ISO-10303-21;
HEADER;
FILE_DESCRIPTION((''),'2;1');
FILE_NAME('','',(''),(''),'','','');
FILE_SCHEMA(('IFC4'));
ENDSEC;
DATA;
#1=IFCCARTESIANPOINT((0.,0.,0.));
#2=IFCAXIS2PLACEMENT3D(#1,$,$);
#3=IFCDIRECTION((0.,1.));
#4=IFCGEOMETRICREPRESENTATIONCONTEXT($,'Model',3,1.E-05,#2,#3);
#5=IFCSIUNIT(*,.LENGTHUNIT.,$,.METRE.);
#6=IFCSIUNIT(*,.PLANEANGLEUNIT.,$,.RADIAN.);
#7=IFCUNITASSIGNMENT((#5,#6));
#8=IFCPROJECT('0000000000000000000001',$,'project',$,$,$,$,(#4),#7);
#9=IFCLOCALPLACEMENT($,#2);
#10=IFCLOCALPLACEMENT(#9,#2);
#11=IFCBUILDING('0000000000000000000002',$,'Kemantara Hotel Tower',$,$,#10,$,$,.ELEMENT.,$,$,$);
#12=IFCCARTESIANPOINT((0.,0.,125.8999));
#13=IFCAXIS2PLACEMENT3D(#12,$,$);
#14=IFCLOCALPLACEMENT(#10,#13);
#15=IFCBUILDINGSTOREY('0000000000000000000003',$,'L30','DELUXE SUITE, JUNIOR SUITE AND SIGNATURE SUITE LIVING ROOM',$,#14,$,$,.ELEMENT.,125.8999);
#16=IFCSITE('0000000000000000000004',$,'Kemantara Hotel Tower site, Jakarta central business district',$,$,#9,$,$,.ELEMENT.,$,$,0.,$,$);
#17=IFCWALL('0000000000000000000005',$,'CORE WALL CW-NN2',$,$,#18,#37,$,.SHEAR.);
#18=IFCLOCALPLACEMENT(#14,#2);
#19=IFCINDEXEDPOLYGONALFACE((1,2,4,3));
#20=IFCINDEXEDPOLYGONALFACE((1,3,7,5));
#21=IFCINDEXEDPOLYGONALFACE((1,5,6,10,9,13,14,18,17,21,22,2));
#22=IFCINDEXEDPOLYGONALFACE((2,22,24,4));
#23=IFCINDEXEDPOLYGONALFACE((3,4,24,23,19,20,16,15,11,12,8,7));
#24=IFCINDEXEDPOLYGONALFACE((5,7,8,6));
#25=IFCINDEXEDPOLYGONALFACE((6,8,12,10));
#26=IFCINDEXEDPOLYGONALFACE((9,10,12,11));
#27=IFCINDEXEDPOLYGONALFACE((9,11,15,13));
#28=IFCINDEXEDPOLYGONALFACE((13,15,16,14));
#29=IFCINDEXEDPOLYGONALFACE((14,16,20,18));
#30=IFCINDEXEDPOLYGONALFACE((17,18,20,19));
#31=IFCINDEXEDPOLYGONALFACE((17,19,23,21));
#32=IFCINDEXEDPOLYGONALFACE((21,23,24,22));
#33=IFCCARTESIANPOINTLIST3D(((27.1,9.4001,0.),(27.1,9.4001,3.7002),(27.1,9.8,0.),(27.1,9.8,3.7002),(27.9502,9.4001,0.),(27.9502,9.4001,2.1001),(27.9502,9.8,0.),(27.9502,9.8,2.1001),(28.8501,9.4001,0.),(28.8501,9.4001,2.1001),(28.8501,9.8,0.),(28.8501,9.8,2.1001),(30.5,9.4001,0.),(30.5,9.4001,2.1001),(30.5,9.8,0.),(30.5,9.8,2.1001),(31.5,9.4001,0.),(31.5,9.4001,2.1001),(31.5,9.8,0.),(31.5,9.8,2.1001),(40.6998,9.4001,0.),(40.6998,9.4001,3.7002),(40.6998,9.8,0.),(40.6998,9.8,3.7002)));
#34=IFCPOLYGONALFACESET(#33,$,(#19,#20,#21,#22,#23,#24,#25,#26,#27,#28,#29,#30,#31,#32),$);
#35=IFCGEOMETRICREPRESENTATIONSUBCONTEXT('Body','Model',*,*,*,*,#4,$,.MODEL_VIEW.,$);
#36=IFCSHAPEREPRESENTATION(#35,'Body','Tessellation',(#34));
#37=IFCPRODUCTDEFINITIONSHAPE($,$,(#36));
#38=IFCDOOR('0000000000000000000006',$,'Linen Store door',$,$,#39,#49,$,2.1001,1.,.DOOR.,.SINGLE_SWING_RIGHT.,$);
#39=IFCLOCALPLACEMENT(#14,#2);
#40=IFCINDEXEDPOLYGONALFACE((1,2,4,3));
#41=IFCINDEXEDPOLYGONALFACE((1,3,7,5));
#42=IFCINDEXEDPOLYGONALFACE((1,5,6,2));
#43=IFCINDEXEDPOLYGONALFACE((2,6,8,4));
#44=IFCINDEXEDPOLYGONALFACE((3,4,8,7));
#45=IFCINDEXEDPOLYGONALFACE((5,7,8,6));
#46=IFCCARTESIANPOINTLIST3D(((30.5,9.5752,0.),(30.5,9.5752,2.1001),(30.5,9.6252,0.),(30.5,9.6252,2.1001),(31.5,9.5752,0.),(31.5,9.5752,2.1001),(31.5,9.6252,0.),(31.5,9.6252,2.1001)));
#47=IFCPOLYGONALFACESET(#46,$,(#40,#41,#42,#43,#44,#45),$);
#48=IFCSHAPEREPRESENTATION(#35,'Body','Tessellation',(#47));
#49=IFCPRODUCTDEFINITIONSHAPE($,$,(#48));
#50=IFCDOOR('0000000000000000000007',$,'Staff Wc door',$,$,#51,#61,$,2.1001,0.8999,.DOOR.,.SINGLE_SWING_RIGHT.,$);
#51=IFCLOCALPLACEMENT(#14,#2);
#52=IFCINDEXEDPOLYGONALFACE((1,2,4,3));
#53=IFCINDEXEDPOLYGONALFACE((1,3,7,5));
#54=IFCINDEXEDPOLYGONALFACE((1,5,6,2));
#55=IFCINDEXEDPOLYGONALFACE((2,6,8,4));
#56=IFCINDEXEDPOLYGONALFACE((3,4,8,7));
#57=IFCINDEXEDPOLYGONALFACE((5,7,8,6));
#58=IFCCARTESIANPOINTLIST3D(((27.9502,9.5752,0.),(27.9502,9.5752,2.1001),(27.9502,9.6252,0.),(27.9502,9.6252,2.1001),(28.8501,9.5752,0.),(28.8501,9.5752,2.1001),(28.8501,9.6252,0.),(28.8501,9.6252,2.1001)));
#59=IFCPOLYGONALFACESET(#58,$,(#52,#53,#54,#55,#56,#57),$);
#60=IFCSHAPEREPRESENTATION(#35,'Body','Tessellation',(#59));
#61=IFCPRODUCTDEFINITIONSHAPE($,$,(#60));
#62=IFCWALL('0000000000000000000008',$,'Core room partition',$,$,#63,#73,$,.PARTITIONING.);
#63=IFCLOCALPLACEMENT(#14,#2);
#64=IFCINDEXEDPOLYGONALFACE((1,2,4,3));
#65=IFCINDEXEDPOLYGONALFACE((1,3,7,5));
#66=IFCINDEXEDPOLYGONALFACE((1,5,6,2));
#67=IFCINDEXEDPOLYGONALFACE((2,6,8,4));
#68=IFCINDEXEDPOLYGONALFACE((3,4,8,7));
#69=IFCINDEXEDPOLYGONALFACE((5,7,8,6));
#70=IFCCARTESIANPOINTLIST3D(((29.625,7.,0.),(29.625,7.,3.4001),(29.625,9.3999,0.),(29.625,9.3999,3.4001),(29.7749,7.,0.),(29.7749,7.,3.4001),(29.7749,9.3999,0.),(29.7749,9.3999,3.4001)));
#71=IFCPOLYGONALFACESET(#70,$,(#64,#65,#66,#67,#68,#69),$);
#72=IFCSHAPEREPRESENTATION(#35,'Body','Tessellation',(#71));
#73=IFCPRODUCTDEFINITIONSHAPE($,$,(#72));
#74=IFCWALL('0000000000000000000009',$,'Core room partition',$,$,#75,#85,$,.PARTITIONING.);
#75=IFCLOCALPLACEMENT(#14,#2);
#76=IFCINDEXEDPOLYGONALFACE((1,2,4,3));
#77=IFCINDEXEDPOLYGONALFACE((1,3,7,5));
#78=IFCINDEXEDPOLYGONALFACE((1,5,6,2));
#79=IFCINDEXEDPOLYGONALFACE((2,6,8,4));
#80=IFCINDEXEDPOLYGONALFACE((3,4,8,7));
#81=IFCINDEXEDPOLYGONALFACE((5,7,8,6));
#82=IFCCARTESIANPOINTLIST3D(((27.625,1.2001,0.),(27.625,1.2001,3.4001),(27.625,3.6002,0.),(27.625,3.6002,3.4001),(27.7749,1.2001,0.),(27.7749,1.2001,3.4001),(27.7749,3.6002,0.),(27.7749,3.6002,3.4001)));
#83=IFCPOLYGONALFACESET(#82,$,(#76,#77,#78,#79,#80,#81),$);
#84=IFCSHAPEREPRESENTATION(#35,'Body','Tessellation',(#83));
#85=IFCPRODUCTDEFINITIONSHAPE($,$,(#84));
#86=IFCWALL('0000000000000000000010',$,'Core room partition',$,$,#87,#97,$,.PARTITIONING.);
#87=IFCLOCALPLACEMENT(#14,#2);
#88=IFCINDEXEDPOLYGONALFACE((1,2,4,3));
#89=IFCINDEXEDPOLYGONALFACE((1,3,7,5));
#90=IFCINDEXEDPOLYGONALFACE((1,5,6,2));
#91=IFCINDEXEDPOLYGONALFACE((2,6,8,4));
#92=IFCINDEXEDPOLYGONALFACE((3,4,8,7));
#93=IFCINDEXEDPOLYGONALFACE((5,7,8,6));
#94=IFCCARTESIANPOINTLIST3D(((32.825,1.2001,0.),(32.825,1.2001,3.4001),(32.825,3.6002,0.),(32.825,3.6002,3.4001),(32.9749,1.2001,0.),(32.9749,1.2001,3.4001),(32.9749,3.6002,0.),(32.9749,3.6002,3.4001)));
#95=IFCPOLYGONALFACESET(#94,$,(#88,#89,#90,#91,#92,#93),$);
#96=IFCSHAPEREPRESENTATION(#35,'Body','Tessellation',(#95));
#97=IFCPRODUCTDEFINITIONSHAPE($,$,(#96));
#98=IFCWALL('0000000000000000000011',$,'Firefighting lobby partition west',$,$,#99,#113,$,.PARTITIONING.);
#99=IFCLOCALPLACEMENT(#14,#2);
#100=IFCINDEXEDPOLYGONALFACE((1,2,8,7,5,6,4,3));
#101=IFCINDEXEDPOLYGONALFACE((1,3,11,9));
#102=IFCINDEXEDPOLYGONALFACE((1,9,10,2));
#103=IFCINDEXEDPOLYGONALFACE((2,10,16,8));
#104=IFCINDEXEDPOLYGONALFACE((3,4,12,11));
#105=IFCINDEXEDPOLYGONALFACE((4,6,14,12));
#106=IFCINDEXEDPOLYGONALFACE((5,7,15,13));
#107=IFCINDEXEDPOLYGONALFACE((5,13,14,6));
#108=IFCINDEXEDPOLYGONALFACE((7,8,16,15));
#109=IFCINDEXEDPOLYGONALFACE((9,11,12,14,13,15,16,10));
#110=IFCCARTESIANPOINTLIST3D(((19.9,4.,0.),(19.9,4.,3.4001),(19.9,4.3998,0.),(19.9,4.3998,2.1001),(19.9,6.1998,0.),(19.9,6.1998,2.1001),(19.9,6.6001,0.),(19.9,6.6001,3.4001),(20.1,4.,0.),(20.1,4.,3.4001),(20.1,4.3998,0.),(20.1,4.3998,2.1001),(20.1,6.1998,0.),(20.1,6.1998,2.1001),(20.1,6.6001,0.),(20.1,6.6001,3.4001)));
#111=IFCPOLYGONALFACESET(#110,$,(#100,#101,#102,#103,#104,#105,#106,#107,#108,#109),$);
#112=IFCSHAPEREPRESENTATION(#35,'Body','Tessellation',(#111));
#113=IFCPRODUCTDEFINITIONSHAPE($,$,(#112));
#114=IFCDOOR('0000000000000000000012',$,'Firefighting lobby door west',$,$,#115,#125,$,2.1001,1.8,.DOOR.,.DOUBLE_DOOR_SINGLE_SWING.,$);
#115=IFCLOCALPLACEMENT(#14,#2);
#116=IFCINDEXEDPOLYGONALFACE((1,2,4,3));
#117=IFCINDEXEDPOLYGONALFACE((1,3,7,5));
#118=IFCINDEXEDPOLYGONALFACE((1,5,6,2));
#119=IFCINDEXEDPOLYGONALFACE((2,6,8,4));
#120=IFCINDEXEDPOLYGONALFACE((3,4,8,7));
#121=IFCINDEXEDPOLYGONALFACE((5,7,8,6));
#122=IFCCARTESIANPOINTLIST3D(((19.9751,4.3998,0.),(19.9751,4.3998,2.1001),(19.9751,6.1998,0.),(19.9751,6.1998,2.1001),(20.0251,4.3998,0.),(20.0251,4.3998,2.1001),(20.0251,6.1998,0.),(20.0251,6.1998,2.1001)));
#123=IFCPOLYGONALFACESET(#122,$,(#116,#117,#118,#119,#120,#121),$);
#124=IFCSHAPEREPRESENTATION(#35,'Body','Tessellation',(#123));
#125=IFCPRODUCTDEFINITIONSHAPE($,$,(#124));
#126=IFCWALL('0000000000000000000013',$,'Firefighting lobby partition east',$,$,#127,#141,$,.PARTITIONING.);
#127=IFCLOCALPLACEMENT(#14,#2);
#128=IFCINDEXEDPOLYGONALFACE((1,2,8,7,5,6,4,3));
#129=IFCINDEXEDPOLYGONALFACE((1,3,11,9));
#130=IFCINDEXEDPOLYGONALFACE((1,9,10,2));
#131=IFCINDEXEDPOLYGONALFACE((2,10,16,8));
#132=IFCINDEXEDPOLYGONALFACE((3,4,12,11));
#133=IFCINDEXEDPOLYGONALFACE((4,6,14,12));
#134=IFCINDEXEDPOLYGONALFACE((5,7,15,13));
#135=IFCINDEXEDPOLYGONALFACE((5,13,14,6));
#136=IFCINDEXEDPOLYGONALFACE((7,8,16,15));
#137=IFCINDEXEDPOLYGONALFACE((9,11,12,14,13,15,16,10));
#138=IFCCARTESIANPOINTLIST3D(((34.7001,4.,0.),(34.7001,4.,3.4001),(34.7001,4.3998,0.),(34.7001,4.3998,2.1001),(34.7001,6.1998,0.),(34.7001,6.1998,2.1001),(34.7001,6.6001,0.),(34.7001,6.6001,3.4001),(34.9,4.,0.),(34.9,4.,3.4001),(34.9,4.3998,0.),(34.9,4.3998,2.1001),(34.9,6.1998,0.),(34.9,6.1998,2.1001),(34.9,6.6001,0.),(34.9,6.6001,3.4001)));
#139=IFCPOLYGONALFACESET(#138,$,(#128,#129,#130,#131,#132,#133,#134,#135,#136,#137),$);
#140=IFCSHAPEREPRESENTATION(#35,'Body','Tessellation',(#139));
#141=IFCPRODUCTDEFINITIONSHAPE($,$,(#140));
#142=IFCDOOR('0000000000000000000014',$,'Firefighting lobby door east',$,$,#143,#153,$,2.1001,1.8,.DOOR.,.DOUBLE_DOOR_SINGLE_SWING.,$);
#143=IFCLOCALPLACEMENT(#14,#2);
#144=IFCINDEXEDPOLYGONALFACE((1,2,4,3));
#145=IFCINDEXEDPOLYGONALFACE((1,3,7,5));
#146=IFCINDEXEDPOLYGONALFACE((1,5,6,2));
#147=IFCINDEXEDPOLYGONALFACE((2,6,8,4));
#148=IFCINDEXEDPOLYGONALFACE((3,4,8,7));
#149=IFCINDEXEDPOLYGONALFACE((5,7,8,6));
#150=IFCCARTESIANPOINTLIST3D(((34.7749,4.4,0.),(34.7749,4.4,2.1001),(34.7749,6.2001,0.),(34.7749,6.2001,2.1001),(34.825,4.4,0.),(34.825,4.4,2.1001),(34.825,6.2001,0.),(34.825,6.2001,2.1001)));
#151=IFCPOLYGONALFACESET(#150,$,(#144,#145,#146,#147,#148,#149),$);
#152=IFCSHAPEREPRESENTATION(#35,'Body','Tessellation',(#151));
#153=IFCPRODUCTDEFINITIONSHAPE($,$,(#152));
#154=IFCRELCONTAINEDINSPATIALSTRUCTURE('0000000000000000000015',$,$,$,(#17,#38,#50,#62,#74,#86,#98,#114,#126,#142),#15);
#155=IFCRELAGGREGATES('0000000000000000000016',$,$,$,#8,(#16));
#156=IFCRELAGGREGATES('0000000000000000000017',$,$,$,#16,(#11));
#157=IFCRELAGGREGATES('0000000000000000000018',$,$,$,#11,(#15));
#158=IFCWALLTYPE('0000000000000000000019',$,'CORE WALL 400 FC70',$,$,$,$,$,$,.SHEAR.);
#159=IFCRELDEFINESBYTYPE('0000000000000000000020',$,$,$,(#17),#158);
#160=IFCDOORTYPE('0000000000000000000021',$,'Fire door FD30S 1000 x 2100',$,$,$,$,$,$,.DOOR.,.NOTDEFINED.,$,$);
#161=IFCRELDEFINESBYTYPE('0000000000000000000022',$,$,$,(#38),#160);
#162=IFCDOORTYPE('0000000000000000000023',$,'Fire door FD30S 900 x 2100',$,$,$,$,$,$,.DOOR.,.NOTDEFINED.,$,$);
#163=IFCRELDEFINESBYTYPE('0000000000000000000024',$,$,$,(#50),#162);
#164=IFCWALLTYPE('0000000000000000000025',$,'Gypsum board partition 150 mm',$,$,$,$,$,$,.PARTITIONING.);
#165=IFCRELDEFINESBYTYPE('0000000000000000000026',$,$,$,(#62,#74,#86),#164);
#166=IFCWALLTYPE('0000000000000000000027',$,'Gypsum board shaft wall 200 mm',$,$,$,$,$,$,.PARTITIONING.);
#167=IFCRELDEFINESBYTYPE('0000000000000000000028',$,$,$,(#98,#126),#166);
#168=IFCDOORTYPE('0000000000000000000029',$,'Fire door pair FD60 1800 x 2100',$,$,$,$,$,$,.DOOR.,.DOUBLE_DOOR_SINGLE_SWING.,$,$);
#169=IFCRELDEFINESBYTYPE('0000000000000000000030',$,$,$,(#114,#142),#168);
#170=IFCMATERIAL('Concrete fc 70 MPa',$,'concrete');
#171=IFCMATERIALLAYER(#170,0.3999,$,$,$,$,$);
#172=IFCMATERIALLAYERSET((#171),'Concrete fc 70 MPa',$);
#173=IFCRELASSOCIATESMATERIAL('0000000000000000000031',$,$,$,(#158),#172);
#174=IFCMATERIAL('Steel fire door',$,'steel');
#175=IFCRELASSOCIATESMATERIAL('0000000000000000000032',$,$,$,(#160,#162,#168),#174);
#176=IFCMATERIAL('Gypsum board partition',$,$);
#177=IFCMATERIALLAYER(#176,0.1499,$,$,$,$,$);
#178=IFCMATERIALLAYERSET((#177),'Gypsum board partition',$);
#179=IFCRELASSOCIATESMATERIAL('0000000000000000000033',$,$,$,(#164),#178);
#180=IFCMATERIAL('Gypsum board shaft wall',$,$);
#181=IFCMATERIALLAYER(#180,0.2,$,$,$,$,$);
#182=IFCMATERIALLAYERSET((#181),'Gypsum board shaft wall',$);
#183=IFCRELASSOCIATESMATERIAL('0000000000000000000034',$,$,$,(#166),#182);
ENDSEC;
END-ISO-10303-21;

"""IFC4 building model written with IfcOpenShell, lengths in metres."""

from ifc_helpers import new_model, si_unit, direction, frame, frame_2d, origin, place, context, subcontext, project, spatial, rectangle, extrude, material, layer, layer_set, type_object, element, fill, save


model = new_model("IFC4")

# Units and contexts
model_context = context("Model", 3, precision=1e-05, world=origin(), true_north=direction((0.0, 1.0)))
body_context = subcontext(model_context, "Body", "Model", "MODEL_VIEW")
ifc_project = project(units=[si_unit("LENGTHUNIT", "METRE"), si_unit("PLANEANGLEUNIT", "RADIAN")], contexts=[model_context])

# Site, building, storey
site_placement = place(None, origin())
site = spatial("IfcSite", under=ifc_project, at=site_placement, Name="Kemantara Hotel Tower site, Jakarta central business district", CompositionType="ELEMENT", RefElevation=0.0)
building_placement = place(site_placement, origin())
building = spatial("IfcBuilding", under=site, at=building_placement, Name="Kemantara Hotel Tower", CompositionType="ELEMENT")
storey_placement = place(building_placement, frame((0.0, 0.0, 125.8999)))
storey = spatial("IfcBuildingStorey", under=building, at=storey_placement, Name="L30", Description="DELUXE SUITE, JUNIOR SUITE AND SIGNATURE SUITE LIVING ROOM", CompositionType="ELEMENT", Elevation=125.8999)

# Shared definitions
ifc_material_1 = material(Name="Concrete fc 70 MPa", Category="concrete")

# Wall, openings, doors
ifc_layer_1 = layer(ifc_material_1, 0.3999)
ifc_layer_set_1 = layer_set([ifc_layer_1], Name="Concrete fc 70 MPa")
wall_type_1 = type_object("IfcWallType", Name="CORE WALL 400 FC70", PredefinedType="SHEAR", material=ifc_layer_set_1)
wall_1_placement = place(storey_placement, frame((27.1001, 9.6001, 0.0), z_axis=(0.0, 0.0, 1.0), x_axis=(1.0, 0.0, 0.0)))
wall_1 = element("IfcWall", 1, at=wall_1_placement, inside=storey, type_object=wall_type_1, Name="CORE WALL CW-NN2", PredefinedType="SHEAR", context=body_context, shape_type="SweptSolid", body=[
    extrude(rectangle(XDim=13.5999, YDim=0.3999, at=frame_2d((6.7998, 0.0))), origin(), (0.0, 0.0, 1.0), 3.7002),
])
opening_1_placement = place(wall_1_placement, frame((0.8501, 0.0, 0.0)))
opening_1 = element("IfcOpeningElement", 2, at=opening_1_placement, cuts=wall_1, PredefinedType="OPENING", context=body_context, shape_type="SweptSolid", body=[
    extrude(rectangle(XDim=0.8999, YDim=2.1001, at=frame_2d((0.45, 1.05))), frame((0.0, 0.21, 0.0), z_axis=(0.0, -1.0, 0.0), x_axis=(1.0, 0.0, 0.0)), (0.0, 0.0, 1.0), 0.4199),
])
opening_2_placement = place(wall_1_placement, frame((3.3999, 0.0, 0.0)))
opening_2 = element("IfcOpeningElement", 3, at=opening_2_placement, cuts=wall_1, PredefinedType="OPENING", context=body_context, shape_type="SweptSolid", body=[
    extrude(rectangle(XDim=1.0, YDim=2.1001, at=frame_2d((0.5, 1.05))), frame((0.0, 0.21, 0.0), z_axis=(0.0, -1.0, 0.0), x_axis=(1.0, 0.0, 0.0)), (0.0, 0.0, 1.0), 0.4199),
])
ifc_material_2 = material(Name="Steel fire door", Category="steel")
door_type_1 = type_object("IfcDoorType", Name="Fire door FD30S 1000 x 2100", OperationType="NOTDEFINED", PredefinedType="DOOR", material=ifc_material_2)
door_1_placement = place(opening_2_placement, frame((1.0, 0.0, 0.0), z_axis=(0.0, 0.0, 1.0), x_axis=(-1.0, 0.0, 0.0)))
door_1 = element("IfcDoor", 4, at=door_1_placement, inside=storey, type_object=door_type_1, Name="Linen Store door", OperationType="SINGLE_SWING_RIGHT", OverallHeight=2.1001, OverallWidth=1.0, PredefinedType="DOOR", context=body_context, shape_type="SweptSolid", body=[
    extrude(rectangle(XDim=1.0, YDim=2.1001, at=frame_2d((0.5, 1.05))), frame((0.0, 0.0249, 0.0), z_axis=(0.0, -1.0, 0.0), x_axis=(1.0, 0.0, 0.0)), (0.0, 0.0, 1.0), 0.05),
])
fill(opening_2, door_1)
door_type_2 = type_object("IfcDoorType", Name="Fire door FD30S 900 x 2100", OperationType="NOTDEFINED", PredefinedType="DOOR", material=ifc_material_2)
door_2_placement = place(opening_1_placement, frame((0.8999, 0.0, 0.0), z_axis=(0.0, 0.0, 1.0), x_axis=(-1.0, 0.0, 0.0)))
door_2 = element("IfcDoor", 5, at=door_2_placement, inside=storey, type_object=door_type_2, Name="Staff Wc door", OperationType="SINGLE_SWING_RIGHT", OverallHeight=2.1001, OverallWidth=0.8999, PredefinedType="DOOR", context=body_context, shape_type="SweptSolid", body=[
    extrude(rectangle(XDim=0.8999, YDim=2.1001, at=frame_2d((0.45, 1.05))), frame((0.0, 0.0249, 0.0), z_axis=(0.0, -1.0, 0.0), x_axis=(1.0, 0.0, 0.0)), (0.0, 0.0, 1.0), 0.05),
])
fill(opening_1, door_2)

# Walls
ifc_material_3 = material(Name="Gypsum board partition")
ifc_layer_2 = layer(ifc_material_3, 0.1499)
ifc_layer_set_2 = layer_set([ifc_layer_2], Name="Gypsum board partition")
wall_type_2 = type_object("IfcWallType", Name="Gypsum board partition 150 mm", PredefinedType="PARTITIONING", material=ifc_layer_set_2)
wall_2_placement = place(storey_placement, frame((29.7, 7.0, 0.0), z_axis=(0.0, 0.0, 1.0), x_axis=(0.0, 1.0, 0.0)))
element("IfcWall", 6, at=wall_2_placement, inside=storey, type_object=wall_type_2, Name="Core room partition", PredefinedType="PARTITIONING", context=body_context, shape_type="SweptSolid", body=[
    extrude(rectangle(XDim=2.3999, YDim=0.1499, at=frame_2d((1.2, 0.0))), origin(), (0.0, 0.0, 1.0), 3.4001),
])
for number, where, z_axis, x_axis, name in (
    (7, (27.7, 1.2, 0.0), (0.0, 0.0, 1.0), (0.0, 1.0, 0.0), "Core room partition"),
    (8, (32.8999, 1.2, 0.0), (0.0, 0.0, 1.0), (0.0, 1.0, 0.0), "Core room partition"),
):
    element("IfcWall", number, at=place(storey_placement, frame(where, z_axis=z_axis, x_axis=x_axis)), inside=storey, type_object=wall_type_2, Name=name, PredefinedType="PARTITIONING", context=body_context, shape_type="SweptSolid", body=[
        extrude(rectangle(XDim=2.4001, YDim=0.1499, at=frame_2d((1.2002, 0.0))), origin(), (0.0, 0.0, 1.0), 3.4001),
    ])

# Walls, openings, doors
ifc_material_4 = material(Name="Gypsum board shaft wall")
ifc_layer_3 = layer(ifc_material_4, 0.2)
ifc_layer_set_3 = layer_set([ifc_layer_3], Name="Gypsum board shaft wall")
wall_type_3 = type_object("IfcWallType", Name="Gypsum board shaft wall 200 mm", PredefinedType="PARTITIONING", material=ifc_layer_set_3)
wall_3_placement = place(storey_placement, frame((20.0, 4.0, 0.0), z_axis=(0.0, 0.0, 1.0), x_axis=(0.0, 1.0, 0.0)))
wall_3 = element("IfcWall", 9, at=wall_3_placement, inside=storey, type_object=wall_type_3, Name="Firefighting lobby partition west", PredefinedType="PARTITIONING", context=body_context, shape_type="SweptSolid", body=[
    extrude(rectangle(XDim=2.6001, YDim=0.2, at=frame_2d((1.3, 0.0))), origin(), (0.0, 0.0, 1.0), 3.4001),
])
opening_3_placement = place(wall_3_placement, frame((0.3999, 0.0, 0.0)))
opening_3 = element("IfcOpeningElement", 10, at=opening_3_placement, cuts=wall_3, PredefinedType="OPENING", context=body_context, shape_type="SweptSolid", body=[
    extrude(rectangle(XDim=1.8, YDim=2.1001, at=frame_2d((0.8999, 1.05))), frame((0.0, 0.1099, 0.0), z_axis=(0.0, -1.0, 0.0), x_axis=(1.0, 0.0, 0.0)), (0.0, 0.0, 1.0), 0.22),
])
door_type_3 = type_object("IfcDoorType", Name="Fire door pair FD60 1800 x 2100", OperationType="DOUBLE_DOOR_SINGLE_SWING", PredefinedType="DOOR", material=ifc_material_2)
door_3_placement = place(opening_3_placement, origin())
door_3 = element("IfcDoor", 11, at=door_3_placement, inside=storey, type_object=door_type_3, Name="Firefighting lobby door west", OperationType="DOUBLE_DOOR_SINGLE_SWING", OverallHeight=2.1001, OverallWidth=1.8, PredefinedType="DOOR", context=body_context, shape_type="SweptSolid", body=[
    extrude(rectangle(XDim=1.8, YDim=2.1001, at=frame_2d((0.8999, 1.05))), frame((0.0, 0.0249, 0.0), z_axis=(0.0, -1.0, 0.0), x_axis=(1.0, 0.0, 0.0)), (0.0, 0.0, 1.0), 0.05),
])
fill(opening_3, door_3)
wall_4_placement = place(storey_placement, frame((34.8, 4.0, 0.0), z_axis=(0.0, 0.0, 1.0), x_axis=(0.0, 1.0, 0.0)))
wall_4 = element("IfcWall", 12, at=wall_4_placement, inside=storey, type_object=wall_type_3, Name="Firefighting lobby partition east", PredefinedType="PARTITIONING", context=body_context, shape_type="SweptSolid", body=[
    extrude(rectangle(XDim=2.6001, YDim=0.2, at=frame_2d((1.3, 0.0))), origin(), (0.0, 0.0, 1.0), 3.4001),
])
opening_4_placement = place(wall_4_placement, frame((0.3999, 0.0, 0.0)))
opening_4 = element("IfcOpeningElement", 13, at=opening_4_placement, cuts=wall_4, PredefinedType="OPENING", context=body_context, shape_type="SweptSolid", body=[
    extrude(rectangle(XDim=1.8, YDim=2.1001, at=frame_2d((0.8999, 1.05))), frame((0.0, 0.1099, 0.0), z_axis=(0.0, -1.0, 0.0), x_axis=(1.0, 0.0, 0.0)), (0.0, 0.0, 1.0), 0.22),
])
door_4_placement = place(opening_4_placement, frame((1.8, 0.0, 0.0), z_axis=(0.0, 0.0, 1.0), x_axis=(-1.0, 0.0, 0.0)))
door_4 = element("IfcDoor", 14, at=door_4_placement, inside=storey, type_object=door_type_3, Name="Firefighting lobby door east", OperationType="DOUBLE_DOOR_SINGLE_SWING", OverallHeight=2.1001, OverallWidth=1.8, PredefinedType="DOOR", context=body_context, shape_type="SweptSolid", body=[
    extrude(rectangle(XDim=1.8, YDim=2.1001, at=frame_2d((0.8999, 1.05))), frame((0.0, 0.0249, 0.0), z_axis=(0.0, -1.0, 0.0), x_axis=(1.0, 0.0, 0.0)), (0.0, 0.0, 1.0), 0.05),
])
fill(opening_4, door_4)

save(model, "model.ifc")
